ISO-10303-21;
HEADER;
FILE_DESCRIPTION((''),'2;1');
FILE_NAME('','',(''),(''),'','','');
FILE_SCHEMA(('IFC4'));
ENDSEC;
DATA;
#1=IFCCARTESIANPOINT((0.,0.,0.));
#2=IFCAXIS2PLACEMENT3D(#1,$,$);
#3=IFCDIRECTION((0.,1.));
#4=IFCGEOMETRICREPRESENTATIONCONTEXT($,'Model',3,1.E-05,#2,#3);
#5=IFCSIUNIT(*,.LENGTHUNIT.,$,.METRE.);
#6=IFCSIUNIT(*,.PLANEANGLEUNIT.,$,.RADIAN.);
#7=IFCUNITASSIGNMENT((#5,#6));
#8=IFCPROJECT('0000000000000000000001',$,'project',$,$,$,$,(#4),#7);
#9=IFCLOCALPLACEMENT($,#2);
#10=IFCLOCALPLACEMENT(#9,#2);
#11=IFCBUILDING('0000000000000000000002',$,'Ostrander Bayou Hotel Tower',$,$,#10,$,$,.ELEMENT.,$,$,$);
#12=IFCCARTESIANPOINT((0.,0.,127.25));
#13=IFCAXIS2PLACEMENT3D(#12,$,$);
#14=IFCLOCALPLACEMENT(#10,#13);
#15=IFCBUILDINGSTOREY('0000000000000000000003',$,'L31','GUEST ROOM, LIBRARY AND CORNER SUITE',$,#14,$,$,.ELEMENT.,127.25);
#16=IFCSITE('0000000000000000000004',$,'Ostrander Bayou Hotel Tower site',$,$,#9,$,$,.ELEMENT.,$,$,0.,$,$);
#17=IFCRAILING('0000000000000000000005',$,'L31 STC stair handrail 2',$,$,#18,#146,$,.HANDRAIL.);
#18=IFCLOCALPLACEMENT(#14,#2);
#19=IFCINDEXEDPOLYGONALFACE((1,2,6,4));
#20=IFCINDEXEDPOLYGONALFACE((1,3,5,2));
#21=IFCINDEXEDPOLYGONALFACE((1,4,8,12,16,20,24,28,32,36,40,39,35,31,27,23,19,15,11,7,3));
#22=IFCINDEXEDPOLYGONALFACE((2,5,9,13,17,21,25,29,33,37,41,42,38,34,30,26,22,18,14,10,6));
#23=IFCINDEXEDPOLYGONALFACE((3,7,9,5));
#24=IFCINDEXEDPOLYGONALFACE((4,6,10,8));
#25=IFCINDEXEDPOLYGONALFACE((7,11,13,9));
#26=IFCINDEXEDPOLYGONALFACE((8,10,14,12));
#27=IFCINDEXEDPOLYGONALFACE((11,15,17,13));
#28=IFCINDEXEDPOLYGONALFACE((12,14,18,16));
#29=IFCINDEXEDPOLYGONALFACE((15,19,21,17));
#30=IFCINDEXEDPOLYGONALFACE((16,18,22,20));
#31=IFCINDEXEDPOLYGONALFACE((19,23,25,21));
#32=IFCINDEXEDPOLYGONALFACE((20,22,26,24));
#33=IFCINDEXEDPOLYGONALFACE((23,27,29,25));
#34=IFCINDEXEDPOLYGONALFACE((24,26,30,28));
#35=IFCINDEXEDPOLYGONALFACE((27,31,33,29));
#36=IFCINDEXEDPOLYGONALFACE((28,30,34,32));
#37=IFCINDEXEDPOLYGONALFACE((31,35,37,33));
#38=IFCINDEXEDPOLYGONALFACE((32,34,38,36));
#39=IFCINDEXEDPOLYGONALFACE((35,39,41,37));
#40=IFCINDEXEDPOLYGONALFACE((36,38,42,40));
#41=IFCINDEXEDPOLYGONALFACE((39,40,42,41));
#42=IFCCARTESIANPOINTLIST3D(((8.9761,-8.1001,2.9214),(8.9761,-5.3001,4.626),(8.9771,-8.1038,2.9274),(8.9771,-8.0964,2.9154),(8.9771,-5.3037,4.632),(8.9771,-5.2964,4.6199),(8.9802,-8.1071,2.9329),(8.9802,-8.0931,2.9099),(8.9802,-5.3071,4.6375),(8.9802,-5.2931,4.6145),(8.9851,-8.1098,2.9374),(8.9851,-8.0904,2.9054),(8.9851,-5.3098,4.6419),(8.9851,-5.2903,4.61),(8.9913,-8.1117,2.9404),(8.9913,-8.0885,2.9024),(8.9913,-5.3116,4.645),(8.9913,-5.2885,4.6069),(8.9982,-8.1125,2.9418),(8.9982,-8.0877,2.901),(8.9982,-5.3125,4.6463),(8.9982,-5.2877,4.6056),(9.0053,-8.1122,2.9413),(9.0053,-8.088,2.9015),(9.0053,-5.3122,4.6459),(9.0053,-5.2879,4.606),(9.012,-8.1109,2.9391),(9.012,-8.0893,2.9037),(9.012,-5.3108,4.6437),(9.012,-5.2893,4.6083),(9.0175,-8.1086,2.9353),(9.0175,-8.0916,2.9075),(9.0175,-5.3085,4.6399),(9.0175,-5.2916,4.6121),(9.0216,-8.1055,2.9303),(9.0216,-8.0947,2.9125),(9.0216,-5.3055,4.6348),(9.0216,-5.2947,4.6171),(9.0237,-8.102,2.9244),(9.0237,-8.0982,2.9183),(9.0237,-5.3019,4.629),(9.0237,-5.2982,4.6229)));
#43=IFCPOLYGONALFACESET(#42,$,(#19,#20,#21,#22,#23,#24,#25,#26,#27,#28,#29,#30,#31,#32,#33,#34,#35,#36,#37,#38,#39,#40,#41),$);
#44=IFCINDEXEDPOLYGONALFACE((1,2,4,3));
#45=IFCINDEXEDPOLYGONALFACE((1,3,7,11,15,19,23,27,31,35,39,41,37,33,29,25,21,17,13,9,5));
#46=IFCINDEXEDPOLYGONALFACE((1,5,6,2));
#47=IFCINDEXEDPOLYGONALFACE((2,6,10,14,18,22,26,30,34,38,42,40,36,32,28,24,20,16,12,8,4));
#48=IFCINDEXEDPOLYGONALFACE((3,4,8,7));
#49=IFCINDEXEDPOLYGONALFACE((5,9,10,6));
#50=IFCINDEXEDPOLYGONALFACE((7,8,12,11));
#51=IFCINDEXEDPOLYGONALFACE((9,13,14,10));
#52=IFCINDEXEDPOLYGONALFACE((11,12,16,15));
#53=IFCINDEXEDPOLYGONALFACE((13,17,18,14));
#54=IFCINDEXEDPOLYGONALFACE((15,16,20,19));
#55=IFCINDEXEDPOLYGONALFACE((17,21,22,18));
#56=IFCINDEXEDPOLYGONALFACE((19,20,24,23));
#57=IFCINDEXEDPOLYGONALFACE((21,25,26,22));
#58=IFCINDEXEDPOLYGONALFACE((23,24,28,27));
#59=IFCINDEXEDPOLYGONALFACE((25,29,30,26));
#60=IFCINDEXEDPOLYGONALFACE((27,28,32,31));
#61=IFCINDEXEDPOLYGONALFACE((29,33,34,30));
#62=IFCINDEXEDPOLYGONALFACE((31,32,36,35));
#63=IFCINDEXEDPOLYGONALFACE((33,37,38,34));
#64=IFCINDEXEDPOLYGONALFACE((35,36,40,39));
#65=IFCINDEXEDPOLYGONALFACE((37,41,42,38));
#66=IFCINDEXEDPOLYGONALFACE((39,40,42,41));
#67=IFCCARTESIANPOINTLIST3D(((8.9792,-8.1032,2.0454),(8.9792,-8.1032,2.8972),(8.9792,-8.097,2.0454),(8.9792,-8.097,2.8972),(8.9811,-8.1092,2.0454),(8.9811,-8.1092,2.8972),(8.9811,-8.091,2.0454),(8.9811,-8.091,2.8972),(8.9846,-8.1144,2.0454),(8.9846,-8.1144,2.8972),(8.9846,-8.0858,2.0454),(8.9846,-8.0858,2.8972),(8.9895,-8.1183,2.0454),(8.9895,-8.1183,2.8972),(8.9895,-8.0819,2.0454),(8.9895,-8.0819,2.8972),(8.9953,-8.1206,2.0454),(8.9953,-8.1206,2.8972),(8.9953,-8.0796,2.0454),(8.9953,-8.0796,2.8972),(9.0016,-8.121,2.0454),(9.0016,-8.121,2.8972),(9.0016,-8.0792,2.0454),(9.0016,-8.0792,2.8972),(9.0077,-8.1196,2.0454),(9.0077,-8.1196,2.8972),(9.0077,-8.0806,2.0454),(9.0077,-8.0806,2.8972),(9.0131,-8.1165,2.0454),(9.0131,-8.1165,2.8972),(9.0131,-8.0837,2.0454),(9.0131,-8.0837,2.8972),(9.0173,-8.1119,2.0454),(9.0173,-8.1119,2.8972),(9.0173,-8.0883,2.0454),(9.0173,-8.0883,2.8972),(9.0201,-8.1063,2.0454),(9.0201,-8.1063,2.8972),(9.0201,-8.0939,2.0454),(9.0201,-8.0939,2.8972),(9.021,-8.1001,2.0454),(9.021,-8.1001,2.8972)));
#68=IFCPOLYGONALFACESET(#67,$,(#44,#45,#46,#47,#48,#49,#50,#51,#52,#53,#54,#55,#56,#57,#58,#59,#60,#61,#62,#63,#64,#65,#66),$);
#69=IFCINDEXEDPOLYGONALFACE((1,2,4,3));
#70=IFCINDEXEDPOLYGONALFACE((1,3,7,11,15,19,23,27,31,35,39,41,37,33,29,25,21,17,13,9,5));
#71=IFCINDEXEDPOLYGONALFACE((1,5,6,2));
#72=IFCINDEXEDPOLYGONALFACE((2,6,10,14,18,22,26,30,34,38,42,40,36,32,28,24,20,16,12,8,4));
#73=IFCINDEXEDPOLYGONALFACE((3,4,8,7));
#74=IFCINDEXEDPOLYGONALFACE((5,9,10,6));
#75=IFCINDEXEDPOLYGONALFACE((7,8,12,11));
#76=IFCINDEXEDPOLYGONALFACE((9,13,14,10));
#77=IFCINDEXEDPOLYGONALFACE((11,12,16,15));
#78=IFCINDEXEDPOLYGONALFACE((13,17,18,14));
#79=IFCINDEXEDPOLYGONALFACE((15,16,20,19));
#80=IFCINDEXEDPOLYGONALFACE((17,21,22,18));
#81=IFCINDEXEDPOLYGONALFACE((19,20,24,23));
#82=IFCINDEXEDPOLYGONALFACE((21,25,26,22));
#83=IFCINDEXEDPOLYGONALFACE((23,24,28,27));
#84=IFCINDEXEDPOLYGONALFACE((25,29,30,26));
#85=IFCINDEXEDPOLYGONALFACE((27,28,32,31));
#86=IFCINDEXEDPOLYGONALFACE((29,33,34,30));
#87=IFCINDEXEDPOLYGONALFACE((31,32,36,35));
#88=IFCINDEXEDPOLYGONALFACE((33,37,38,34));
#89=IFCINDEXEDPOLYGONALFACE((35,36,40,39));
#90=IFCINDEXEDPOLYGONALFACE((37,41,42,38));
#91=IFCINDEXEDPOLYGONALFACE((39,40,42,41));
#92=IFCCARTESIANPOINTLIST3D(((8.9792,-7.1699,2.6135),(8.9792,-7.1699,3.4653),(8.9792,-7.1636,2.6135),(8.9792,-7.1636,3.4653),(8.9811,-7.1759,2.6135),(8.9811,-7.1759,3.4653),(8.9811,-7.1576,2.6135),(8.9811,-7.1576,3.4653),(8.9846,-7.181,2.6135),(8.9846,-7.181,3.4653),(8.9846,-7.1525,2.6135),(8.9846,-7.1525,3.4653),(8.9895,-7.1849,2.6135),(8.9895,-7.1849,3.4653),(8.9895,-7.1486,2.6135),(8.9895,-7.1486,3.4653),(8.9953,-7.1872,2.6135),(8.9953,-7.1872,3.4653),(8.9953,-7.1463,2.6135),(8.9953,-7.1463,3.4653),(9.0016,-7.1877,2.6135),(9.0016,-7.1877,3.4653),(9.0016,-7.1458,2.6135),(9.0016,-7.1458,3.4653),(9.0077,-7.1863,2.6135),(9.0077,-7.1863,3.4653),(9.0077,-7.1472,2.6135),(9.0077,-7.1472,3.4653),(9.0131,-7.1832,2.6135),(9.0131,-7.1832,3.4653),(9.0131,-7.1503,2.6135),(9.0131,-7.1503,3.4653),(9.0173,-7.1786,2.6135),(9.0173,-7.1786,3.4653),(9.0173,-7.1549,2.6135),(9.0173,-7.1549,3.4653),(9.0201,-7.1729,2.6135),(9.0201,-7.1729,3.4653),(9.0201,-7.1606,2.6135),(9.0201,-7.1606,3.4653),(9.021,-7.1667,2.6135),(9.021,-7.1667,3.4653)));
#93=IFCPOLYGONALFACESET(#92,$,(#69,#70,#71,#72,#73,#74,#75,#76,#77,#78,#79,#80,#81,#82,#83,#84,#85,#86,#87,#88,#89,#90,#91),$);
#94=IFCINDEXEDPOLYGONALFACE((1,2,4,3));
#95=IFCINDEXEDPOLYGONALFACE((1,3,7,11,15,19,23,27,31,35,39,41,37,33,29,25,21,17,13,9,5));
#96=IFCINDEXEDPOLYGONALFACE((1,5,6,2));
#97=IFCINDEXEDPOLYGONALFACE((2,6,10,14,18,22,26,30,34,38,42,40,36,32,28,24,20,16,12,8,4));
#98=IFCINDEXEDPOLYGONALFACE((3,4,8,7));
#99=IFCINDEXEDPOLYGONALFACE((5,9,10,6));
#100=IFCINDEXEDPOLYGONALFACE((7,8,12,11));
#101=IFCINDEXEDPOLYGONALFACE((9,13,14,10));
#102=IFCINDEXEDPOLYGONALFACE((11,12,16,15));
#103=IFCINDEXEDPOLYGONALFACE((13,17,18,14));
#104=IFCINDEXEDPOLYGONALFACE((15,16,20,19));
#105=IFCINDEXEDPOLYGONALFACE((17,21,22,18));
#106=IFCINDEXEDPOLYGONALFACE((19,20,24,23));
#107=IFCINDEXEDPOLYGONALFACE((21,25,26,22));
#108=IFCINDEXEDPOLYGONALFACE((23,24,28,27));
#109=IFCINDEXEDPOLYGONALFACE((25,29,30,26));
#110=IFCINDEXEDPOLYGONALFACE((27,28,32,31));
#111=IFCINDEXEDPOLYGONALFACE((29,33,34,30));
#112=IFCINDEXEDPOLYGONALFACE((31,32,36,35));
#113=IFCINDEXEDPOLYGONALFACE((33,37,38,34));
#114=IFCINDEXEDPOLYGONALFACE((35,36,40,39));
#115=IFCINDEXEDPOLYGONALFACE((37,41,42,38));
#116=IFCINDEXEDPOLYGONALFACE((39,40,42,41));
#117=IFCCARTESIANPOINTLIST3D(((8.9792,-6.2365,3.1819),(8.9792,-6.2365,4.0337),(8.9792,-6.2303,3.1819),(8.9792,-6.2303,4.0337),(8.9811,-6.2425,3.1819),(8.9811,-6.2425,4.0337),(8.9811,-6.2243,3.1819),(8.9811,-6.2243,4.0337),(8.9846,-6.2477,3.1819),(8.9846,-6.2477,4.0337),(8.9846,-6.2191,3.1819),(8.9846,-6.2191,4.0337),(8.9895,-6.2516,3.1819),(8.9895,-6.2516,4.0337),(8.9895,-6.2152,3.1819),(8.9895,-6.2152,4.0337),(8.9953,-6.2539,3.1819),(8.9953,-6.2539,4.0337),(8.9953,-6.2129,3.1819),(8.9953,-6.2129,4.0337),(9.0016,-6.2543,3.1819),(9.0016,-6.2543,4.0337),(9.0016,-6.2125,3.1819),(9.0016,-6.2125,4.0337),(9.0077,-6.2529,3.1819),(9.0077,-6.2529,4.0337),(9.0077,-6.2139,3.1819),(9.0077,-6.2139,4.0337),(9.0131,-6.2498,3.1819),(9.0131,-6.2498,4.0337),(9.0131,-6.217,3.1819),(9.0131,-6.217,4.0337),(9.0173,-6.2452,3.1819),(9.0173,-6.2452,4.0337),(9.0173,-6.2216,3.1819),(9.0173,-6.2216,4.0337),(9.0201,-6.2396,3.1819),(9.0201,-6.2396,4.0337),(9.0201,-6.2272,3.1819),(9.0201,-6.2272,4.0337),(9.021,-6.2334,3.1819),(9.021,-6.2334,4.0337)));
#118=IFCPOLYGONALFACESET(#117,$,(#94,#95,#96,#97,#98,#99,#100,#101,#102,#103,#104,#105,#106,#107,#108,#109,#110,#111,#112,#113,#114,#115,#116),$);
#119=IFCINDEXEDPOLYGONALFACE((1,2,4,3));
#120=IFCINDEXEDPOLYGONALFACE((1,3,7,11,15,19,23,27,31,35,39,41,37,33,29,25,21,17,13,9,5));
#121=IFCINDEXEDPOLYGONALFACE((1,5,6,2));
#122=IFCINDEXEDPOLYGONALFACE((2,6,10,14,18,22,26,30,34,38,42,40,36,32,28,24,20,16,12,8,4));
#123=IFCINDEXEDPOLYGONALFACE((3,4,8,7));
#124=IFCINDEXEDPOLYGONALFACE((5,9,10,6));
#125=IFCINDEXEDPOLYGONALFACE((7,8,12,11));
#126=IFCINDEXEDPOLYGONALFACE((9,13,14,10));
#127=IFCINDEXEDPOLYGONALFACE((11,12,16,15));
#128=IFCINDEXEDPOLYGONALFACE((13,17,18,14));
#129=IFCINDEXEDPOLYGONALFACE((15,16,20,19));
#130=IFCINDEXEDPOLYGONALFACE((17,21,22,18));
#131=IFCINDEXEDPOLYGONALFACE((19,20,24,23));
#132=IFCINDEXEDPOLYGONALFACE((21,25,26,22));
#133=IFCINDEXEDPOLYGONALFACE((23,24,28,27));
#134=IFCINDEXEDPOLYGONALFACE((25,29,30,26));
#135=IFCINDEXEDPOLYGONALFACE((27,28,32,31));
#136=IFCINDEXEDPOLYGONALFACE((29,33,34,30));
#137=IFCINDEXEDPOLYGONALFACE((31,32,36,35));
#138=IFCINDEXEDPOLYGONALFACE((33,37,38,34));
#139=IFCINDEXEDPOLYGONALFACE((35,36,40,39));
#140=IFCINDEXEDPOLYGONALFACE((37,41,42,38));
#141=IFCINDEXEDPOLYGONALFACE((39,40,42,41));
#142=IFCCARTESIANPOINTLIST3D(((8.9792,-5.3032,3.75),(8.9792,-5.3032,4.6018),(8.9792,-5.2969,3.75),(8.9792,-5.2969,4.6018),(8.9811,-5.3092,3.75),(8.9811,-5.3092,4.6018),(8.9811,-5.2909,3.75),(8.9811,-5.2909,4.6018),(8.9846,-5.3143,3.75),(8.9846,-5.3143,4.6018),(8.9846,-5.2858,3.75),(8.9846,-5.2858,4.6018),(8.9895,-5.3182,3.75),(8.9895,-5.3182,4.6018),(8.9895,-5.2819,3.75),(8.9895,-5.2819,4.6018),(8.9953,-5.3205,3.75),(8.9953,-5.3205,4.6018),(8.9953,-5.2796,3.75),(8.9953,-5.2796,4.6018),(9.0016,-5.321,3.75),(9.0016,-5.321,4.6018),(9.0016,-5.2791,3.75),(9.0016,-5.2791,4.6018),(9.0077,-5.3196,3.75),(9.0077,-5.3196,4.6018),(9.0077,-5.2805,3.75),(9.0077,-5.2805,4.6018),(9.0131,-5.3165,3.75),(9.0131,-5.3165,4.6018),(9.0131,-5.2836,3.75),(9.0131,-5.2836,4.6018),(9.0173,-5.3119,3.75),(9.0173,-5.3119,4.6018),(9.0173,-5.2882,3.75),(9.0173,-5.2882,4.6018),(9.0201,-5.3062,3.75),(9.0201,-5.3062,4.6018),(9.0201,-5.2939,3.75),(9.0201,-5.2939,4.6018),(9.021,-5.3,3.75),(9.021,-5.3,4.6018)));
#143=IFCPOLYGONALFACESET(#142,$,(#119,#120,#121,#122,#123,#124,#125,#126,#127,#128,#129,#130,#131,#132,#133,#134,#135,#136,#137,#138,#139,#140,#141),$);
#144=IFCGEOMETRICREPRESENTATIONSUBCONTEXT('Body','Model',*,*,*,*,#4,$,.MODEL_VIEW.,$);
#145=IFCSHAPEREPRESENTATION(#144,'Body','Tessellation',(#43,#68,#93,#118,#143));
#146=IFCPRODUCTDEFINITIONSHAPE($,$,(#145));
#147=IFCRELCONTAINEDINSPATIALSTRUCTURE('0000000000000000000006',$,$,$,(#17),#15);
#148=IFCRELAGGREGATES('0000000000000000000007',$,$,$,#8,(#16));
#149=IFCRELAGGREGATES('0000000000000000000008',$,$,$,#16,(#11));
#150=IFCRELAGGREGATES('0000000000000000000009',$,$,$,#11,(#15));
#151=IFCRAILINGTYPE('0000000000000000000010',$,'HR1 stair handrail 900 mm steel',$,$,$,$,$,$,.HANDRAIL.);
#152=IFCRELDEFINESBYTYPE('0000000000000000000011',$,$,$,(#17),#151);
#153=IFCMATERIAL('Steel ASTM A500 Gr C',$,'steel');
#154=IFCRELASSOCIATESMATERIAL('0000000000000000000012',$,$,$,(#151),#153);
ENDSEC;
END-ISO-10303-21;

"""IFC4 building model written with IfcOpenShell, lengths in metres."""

from ifc_helpers import new_model, si_unit, direction, frame, origin, origin_2d, place, context, subcontext, project, spatial, circle, extrude, material, type_object, element, save


model = new_model("IFC4")

# Units and contexts
model_context = context("Model", 3, precision=1e-05, world=origin(), true_north=direction((0.0, 1.0)))
body_context = subcontext(model_context, "Body", "Model", "MODEL_VIEW")
ifc_project = project(units=[si_unit("LENGTHUNIT", "METRE"), si_unit("PLANEANGLEUNIT", "RADIAN")], contexts=[model_context])

# Site, building, storey
site_placement = place(None, origin())
site = spatial("IfcSite", under=ifc_project, at=site_placement, Name="Ostrander Bayou Hotel Tower site", CompositionType="ELEMENT", RefElevation=0.0)
building_placement = place(site_placement, origin())
building = spatial("IfcBuilding", under=site, at=building_placement, Name="Ostrander Bayou Hotel Tower", CompositionType="ELEMENT")
storey_placement = place(building_placement, frame((0.0, 0.0, 127.25)))
storey = spatial("IfcBuildingStorey", under=building, at=storey_placement, Name="L31", Description="GUEST ROOM, LIBRARY AND CORNER SUITE", CompositionType="ELEMENT", Elevation=127.25)

# Railing
ifc_material_1 = material(Name="Steel ASTM A500 Gr C", Category="steel")
railing_type_1 = type_object("IfcRailingType", Name="HR1 stair handrail 900 mm steel", PredefinedType="HANDRAIL", material=ifc_material_1)
railing_1_placement = place(storey_placement, frame((9.0, -8.1001, 2.0454)))
element("IfcRailing", 1, at=railing_1_placement, inside=storey, type_object=railing_type_1, Name="L31 STC stair handrail 2", PredefinedType="HANDRAIL", context=body_context, shape_type="SweptSolid", body=[
    extrude(circle(Radius=0.0239, at=origin_2d()), frame((0.0, 0.0, 0.876), z_axis=(0.0, 0.85417, 0.519994), x_axis=(-1.0, 0.0, 0.0)), (0.0, 0.0, 1.0), 3.2781),
    extrude(circle(Radius=0.021, at=origin_2d()), origin(), (0.0, 0.0, 1.0), 0.8518),
    extrude(circle(Radius=0.021, at=origin_2d()), frame((0.0, 0.9333, 0.5681)), (0.0, 0.0, 1.0), 0.8518),
    extrude(circle(Radius=0.021, at=origin_2d()), frame((0.0, 1.8667, 1.1365)), (0.0, 0.0, 1.0), 0.8518),
    extrude(circle(Radius=0.021, at=origin_2d()), frame((0.0, 2.8, 1.7046)), (0.0, 0.0, 1.0), 0.8518),
])

save(model, "model.ifc")
